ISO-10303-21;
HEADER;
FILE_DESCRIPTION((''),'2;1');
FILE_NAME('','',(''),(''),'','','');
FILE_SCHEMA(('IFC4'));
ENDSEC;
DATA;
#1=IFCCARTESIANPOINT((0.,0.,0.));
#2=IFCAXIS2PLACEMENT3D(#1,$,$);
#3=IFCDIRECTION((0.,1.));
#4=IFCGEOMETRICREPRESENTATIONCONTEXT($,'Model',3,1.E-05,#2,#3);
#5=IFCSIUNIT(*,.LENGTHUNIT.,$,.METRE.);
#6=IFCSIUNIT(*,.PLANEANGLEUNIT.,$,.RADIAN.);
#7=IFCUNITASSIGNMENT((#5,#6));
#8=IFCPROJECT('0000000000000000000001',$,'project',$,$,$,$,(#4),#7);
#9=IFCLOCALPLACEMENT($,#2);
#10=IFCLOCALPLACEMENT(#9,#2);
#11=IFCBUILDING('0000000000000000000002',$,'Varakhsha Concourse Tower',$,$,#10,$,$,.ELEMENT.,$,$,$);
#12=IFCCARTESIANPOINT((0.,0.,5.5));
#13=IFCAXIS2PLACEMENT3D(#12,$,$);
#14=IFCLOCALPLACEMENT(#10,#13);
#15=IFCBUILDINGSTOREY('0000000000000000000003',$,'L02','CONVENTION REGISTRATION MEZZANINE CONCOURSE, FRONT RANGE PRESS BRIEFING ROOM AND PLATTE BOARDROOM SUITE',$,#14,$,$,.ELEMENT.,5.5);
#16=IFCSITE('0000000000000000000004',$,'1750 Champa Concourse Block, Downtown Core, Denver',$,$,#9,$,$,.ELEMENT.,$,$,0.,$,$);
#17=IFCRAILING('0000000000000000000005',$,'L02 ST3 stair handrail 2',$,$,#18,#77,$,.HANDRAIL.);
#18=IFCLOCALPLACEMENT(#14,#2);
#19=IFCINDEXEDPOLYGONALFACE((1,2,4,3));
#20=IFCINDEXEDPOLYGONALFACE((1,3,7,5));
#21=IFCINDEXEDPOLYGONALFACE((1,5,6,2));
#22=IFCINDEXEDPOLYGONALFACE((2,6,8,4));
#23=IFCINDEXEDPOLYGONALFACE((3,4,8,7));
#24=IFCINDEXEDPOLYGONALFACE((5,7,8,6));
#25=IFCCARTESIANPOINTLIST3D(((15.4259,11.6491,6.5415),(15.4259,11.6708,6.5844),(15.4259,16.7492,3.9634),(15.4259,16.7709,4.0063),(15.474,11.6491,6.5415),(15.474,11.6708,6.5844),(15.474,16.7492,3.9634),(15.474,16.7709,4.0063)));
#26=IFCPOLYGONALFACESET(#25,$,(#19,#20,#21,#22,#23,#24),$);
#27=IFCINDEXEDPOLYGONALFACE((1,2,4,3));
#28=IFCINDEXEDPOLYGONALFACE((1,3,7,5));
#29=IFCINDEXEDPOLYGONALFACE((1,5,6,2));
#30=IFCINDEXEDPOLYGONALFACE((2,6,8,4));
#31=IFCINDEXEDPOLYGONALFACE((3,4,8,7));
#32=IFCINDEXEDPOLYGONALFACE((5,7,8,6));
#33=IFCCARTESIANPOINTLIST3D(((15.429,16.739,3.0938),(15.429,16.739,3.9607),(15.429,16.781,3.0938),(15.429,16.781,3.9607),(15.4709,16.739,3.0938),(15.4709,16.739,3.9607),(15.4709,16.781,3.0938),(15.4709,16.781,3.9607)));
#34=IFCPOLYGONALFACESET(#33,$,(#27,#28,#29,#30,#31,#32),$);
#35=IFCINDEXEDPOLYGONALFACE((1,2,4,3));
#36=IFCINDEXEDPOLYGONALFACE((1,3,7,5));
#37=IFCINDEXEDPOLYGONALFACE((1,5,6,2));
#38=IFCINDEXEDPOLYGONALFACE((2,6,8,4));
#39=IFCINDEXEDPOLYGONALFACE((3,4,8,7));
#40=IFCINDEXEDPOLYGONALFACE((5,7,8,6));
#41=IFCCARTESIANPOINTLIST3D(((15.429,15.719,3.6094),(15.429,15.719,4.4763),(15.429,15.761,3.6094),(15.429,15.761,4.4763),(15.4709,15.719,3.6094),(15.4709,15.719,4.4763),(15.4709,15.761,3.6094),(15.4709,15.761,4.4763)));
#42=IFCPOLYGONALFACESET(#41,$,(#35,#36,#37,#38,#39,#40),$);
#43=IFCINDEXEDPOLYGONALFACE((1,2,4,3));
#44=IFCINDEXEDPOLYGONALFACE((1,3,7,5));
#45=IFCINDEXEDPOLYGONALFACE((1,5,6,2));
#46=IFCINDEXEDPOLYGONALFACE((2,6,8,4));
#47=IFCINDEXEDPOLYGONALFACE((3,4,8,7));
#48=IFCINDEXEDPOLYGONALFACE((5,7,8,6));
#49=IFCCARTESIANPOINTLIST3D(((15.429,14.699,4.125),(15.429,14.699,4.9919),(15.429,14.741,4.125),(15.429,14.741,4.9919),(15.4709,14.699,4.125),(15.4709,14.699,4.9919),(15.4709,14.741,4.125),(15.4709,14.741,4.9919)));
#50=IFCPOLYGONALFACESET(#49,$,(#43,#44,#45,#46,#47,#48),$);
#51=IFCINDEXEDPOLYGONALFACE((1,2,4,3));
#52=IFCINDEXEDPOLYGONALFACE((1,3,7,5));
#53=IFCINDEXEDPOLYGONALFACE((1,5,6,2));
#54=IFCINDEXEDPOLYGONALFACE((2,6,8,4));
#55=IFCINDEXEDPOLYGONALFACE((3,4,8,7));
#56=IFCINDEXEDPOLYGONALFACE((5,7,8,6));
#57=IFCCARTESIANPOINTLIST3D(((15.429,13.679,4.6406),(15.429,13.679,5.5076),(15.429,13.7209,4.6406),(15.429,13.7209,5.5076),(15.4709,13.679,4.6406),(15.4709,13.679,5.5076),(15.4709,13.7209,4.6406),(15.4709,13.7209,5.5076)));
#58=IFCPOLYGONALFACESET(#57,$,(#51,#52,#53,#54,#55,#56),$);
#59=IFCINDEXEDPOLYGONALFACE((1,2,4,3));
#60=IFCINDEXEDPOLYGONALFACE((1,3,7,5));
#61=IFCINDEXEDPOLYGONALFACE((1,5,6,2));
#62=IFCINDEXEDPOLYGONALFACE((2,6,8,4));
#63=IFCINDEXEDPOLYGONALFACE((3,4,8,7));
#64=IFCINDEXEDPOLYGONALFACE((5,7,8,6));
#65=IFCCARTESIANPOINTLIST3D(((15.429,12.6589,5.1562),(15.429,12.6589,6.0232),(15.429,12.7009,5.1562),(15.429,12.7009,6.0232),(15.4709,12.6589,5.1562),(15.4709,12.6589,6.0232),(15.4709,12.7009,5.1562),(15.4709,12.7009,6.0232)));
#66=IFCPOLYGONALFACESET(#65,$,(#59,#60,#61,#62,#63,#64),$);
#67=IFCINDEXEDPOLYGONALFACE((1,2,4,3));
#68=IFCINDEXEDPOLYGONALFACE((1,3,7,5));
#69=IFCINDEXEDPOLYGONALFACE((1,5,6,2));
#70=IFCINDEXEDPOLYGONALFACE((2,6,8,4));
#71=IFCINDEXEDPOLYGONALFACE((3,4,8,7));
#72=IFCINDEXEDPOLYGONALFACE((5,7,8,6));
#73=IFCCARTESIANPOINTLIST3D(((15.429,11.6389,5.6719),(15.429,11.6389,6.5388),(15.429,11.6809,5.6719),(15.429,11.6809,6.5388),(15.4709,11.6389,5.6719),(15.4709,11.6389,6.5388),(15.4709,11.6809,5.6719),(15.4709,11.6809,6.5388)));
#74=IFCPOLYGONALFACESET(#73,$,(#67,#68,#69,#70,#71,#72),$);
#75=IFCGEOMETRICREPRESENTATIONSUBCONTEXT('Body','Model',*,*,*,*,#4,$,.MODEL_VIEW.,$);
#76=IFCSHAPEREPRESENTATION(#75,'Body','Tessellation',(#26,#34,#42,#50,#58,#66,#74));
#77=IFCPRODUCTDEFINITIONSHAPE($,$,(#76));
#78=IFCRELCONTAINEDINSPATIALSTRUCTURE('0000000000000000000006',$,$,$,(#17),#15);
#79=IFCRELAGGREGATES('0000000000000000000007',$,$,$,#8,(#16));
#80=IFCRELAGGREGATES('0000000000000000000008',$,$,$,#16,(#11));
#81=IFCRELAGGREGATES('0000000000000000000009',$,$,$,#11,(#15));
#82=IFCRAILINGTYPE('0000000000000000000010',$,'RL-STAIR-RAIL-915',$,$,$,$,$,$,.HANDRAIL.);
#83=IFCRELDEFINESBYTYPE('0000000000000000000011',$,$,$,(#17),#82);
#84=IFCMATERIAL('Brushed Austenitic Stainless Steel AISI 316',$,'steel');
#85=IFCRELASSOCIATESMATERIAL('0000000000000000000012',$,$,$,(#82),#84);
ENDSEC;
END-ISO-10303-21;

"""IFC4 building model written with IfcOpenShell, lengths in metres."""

from ifc_helpers import new_model, si_unit, direction, frame, origin, origin_2d, place, context, subcontext, project, spatial, rectangle, extrude, material, type_object, element, save


model = new_model("IFC4")

# Units and contexts
model_context = context("Model", 3, precision=1e-05, world=origin(), true_north=direction((0.0, 1.0)))
body_context = subcontext(model_context, "Body", "Model", "MODEL_VIEW")
ifc_project = project(units=[si_unit("LENGTHUNIT", "METRE"), si_unit("PLANEANGLEUNIT", "RADIAN")], contexts=[model_context])

# Site, building, storey
site_placement = place(None, origin())
site = spatial("IfcSite", under=ifc_project, at=site_placement, Name="1750 Champa Concourse Block, Downtown Core, Denver", CompositionType="ELEMENT", RefElevation=0.0)
building_placement = place(site_placement, origin())
building = spatial("IfcBuilding", under=site, at=building_placement, Name="Varakhsha Concourse Tower", CompositionType="ELEMENT")
storey_placement = place(building_placement, frame((0.0, 0.0, 5.5)))
storey = spatial("IfcBuildingStorey", under=building, at=storey_placement, Name="L02", Description="CONVENTION REGISTRATION MEZZANINE CONCOURSE, FRONT RANGE PRESS BRIEFING ROOM AND PLATTE BOARDROOM SUITE", CompositionType="ELEMENT", Elevation=5.5)

# Railing
ifc_material_1 = material(Name="Brushed Austenitic Stainless Steel AISI 316", Category="steel")
railing_type_1 = type_object("IfcRailingType", Name="RL-STAIR-RAIL-915", PredefinedType="HANDRAIL", material=ifc_material_1)
railing_1_placement = place(storey_placement, frame((15.45, 16.76, 3.0938)))
element("IfcRailing", 1, at=railing_1_placement, inside=storey, type_object=railing_type_1, Name="L02 ST3 stair handrail 2", PredefinedType="HANDRAIL", context=body_context, shape_type="SweptSolid", body=[
    extrude(rectangle(XDim=0.0481, YDim=0.0481, at=origin_2d()), frame((0.0, 0.0, 0.8911), z_axis=(0.0, -0.892453, 0.45114), x_axis=(1.0, 0.0, 0.0)), (0.0, 0.0, 1.0), 5.7146),
    extrude(rectangle(XDim=0.042, YDim=0.042, at=origin_2d()), origin(), (0.0, 0.0, 1.0), 0.8669),
    extrude(rectangle(XDim=0.042, YDim=0.042, at=origin_2d()), frame((0.0, -1.02, 0.5156)), (0.0, 0.0, 1.0), 0.8669),
    extrude(rectangle(XDim=0.042, YDim=0.042, at=origin_2d()), frame((0.0, -2.04, 1.0312)), (0.0, 0.0, 1.0), 0.8669),
    extrude(rectangle(XDim=0.042, YDim=0.042, at=origin_2d()), frame((0.0, -3.0601, 1.5469)), (0.0, 0.0, 1.0), 0.8669),
    extrude(rectangle(XDim=0.042, YDim=0.042, at=origin_2d()), frame((0.0, -4.0801, 2.0625)), (0.0, 0.0, 1.0), 0.8669),
    extrude(rectangle(XDim=0.042, YDim=0.042, at=origin_2d()), frame((0.0, -5.1001, 2.5781)), (0.0, 0.0, 1.0), 0.8669),
])

save(model, "model.ifc")
